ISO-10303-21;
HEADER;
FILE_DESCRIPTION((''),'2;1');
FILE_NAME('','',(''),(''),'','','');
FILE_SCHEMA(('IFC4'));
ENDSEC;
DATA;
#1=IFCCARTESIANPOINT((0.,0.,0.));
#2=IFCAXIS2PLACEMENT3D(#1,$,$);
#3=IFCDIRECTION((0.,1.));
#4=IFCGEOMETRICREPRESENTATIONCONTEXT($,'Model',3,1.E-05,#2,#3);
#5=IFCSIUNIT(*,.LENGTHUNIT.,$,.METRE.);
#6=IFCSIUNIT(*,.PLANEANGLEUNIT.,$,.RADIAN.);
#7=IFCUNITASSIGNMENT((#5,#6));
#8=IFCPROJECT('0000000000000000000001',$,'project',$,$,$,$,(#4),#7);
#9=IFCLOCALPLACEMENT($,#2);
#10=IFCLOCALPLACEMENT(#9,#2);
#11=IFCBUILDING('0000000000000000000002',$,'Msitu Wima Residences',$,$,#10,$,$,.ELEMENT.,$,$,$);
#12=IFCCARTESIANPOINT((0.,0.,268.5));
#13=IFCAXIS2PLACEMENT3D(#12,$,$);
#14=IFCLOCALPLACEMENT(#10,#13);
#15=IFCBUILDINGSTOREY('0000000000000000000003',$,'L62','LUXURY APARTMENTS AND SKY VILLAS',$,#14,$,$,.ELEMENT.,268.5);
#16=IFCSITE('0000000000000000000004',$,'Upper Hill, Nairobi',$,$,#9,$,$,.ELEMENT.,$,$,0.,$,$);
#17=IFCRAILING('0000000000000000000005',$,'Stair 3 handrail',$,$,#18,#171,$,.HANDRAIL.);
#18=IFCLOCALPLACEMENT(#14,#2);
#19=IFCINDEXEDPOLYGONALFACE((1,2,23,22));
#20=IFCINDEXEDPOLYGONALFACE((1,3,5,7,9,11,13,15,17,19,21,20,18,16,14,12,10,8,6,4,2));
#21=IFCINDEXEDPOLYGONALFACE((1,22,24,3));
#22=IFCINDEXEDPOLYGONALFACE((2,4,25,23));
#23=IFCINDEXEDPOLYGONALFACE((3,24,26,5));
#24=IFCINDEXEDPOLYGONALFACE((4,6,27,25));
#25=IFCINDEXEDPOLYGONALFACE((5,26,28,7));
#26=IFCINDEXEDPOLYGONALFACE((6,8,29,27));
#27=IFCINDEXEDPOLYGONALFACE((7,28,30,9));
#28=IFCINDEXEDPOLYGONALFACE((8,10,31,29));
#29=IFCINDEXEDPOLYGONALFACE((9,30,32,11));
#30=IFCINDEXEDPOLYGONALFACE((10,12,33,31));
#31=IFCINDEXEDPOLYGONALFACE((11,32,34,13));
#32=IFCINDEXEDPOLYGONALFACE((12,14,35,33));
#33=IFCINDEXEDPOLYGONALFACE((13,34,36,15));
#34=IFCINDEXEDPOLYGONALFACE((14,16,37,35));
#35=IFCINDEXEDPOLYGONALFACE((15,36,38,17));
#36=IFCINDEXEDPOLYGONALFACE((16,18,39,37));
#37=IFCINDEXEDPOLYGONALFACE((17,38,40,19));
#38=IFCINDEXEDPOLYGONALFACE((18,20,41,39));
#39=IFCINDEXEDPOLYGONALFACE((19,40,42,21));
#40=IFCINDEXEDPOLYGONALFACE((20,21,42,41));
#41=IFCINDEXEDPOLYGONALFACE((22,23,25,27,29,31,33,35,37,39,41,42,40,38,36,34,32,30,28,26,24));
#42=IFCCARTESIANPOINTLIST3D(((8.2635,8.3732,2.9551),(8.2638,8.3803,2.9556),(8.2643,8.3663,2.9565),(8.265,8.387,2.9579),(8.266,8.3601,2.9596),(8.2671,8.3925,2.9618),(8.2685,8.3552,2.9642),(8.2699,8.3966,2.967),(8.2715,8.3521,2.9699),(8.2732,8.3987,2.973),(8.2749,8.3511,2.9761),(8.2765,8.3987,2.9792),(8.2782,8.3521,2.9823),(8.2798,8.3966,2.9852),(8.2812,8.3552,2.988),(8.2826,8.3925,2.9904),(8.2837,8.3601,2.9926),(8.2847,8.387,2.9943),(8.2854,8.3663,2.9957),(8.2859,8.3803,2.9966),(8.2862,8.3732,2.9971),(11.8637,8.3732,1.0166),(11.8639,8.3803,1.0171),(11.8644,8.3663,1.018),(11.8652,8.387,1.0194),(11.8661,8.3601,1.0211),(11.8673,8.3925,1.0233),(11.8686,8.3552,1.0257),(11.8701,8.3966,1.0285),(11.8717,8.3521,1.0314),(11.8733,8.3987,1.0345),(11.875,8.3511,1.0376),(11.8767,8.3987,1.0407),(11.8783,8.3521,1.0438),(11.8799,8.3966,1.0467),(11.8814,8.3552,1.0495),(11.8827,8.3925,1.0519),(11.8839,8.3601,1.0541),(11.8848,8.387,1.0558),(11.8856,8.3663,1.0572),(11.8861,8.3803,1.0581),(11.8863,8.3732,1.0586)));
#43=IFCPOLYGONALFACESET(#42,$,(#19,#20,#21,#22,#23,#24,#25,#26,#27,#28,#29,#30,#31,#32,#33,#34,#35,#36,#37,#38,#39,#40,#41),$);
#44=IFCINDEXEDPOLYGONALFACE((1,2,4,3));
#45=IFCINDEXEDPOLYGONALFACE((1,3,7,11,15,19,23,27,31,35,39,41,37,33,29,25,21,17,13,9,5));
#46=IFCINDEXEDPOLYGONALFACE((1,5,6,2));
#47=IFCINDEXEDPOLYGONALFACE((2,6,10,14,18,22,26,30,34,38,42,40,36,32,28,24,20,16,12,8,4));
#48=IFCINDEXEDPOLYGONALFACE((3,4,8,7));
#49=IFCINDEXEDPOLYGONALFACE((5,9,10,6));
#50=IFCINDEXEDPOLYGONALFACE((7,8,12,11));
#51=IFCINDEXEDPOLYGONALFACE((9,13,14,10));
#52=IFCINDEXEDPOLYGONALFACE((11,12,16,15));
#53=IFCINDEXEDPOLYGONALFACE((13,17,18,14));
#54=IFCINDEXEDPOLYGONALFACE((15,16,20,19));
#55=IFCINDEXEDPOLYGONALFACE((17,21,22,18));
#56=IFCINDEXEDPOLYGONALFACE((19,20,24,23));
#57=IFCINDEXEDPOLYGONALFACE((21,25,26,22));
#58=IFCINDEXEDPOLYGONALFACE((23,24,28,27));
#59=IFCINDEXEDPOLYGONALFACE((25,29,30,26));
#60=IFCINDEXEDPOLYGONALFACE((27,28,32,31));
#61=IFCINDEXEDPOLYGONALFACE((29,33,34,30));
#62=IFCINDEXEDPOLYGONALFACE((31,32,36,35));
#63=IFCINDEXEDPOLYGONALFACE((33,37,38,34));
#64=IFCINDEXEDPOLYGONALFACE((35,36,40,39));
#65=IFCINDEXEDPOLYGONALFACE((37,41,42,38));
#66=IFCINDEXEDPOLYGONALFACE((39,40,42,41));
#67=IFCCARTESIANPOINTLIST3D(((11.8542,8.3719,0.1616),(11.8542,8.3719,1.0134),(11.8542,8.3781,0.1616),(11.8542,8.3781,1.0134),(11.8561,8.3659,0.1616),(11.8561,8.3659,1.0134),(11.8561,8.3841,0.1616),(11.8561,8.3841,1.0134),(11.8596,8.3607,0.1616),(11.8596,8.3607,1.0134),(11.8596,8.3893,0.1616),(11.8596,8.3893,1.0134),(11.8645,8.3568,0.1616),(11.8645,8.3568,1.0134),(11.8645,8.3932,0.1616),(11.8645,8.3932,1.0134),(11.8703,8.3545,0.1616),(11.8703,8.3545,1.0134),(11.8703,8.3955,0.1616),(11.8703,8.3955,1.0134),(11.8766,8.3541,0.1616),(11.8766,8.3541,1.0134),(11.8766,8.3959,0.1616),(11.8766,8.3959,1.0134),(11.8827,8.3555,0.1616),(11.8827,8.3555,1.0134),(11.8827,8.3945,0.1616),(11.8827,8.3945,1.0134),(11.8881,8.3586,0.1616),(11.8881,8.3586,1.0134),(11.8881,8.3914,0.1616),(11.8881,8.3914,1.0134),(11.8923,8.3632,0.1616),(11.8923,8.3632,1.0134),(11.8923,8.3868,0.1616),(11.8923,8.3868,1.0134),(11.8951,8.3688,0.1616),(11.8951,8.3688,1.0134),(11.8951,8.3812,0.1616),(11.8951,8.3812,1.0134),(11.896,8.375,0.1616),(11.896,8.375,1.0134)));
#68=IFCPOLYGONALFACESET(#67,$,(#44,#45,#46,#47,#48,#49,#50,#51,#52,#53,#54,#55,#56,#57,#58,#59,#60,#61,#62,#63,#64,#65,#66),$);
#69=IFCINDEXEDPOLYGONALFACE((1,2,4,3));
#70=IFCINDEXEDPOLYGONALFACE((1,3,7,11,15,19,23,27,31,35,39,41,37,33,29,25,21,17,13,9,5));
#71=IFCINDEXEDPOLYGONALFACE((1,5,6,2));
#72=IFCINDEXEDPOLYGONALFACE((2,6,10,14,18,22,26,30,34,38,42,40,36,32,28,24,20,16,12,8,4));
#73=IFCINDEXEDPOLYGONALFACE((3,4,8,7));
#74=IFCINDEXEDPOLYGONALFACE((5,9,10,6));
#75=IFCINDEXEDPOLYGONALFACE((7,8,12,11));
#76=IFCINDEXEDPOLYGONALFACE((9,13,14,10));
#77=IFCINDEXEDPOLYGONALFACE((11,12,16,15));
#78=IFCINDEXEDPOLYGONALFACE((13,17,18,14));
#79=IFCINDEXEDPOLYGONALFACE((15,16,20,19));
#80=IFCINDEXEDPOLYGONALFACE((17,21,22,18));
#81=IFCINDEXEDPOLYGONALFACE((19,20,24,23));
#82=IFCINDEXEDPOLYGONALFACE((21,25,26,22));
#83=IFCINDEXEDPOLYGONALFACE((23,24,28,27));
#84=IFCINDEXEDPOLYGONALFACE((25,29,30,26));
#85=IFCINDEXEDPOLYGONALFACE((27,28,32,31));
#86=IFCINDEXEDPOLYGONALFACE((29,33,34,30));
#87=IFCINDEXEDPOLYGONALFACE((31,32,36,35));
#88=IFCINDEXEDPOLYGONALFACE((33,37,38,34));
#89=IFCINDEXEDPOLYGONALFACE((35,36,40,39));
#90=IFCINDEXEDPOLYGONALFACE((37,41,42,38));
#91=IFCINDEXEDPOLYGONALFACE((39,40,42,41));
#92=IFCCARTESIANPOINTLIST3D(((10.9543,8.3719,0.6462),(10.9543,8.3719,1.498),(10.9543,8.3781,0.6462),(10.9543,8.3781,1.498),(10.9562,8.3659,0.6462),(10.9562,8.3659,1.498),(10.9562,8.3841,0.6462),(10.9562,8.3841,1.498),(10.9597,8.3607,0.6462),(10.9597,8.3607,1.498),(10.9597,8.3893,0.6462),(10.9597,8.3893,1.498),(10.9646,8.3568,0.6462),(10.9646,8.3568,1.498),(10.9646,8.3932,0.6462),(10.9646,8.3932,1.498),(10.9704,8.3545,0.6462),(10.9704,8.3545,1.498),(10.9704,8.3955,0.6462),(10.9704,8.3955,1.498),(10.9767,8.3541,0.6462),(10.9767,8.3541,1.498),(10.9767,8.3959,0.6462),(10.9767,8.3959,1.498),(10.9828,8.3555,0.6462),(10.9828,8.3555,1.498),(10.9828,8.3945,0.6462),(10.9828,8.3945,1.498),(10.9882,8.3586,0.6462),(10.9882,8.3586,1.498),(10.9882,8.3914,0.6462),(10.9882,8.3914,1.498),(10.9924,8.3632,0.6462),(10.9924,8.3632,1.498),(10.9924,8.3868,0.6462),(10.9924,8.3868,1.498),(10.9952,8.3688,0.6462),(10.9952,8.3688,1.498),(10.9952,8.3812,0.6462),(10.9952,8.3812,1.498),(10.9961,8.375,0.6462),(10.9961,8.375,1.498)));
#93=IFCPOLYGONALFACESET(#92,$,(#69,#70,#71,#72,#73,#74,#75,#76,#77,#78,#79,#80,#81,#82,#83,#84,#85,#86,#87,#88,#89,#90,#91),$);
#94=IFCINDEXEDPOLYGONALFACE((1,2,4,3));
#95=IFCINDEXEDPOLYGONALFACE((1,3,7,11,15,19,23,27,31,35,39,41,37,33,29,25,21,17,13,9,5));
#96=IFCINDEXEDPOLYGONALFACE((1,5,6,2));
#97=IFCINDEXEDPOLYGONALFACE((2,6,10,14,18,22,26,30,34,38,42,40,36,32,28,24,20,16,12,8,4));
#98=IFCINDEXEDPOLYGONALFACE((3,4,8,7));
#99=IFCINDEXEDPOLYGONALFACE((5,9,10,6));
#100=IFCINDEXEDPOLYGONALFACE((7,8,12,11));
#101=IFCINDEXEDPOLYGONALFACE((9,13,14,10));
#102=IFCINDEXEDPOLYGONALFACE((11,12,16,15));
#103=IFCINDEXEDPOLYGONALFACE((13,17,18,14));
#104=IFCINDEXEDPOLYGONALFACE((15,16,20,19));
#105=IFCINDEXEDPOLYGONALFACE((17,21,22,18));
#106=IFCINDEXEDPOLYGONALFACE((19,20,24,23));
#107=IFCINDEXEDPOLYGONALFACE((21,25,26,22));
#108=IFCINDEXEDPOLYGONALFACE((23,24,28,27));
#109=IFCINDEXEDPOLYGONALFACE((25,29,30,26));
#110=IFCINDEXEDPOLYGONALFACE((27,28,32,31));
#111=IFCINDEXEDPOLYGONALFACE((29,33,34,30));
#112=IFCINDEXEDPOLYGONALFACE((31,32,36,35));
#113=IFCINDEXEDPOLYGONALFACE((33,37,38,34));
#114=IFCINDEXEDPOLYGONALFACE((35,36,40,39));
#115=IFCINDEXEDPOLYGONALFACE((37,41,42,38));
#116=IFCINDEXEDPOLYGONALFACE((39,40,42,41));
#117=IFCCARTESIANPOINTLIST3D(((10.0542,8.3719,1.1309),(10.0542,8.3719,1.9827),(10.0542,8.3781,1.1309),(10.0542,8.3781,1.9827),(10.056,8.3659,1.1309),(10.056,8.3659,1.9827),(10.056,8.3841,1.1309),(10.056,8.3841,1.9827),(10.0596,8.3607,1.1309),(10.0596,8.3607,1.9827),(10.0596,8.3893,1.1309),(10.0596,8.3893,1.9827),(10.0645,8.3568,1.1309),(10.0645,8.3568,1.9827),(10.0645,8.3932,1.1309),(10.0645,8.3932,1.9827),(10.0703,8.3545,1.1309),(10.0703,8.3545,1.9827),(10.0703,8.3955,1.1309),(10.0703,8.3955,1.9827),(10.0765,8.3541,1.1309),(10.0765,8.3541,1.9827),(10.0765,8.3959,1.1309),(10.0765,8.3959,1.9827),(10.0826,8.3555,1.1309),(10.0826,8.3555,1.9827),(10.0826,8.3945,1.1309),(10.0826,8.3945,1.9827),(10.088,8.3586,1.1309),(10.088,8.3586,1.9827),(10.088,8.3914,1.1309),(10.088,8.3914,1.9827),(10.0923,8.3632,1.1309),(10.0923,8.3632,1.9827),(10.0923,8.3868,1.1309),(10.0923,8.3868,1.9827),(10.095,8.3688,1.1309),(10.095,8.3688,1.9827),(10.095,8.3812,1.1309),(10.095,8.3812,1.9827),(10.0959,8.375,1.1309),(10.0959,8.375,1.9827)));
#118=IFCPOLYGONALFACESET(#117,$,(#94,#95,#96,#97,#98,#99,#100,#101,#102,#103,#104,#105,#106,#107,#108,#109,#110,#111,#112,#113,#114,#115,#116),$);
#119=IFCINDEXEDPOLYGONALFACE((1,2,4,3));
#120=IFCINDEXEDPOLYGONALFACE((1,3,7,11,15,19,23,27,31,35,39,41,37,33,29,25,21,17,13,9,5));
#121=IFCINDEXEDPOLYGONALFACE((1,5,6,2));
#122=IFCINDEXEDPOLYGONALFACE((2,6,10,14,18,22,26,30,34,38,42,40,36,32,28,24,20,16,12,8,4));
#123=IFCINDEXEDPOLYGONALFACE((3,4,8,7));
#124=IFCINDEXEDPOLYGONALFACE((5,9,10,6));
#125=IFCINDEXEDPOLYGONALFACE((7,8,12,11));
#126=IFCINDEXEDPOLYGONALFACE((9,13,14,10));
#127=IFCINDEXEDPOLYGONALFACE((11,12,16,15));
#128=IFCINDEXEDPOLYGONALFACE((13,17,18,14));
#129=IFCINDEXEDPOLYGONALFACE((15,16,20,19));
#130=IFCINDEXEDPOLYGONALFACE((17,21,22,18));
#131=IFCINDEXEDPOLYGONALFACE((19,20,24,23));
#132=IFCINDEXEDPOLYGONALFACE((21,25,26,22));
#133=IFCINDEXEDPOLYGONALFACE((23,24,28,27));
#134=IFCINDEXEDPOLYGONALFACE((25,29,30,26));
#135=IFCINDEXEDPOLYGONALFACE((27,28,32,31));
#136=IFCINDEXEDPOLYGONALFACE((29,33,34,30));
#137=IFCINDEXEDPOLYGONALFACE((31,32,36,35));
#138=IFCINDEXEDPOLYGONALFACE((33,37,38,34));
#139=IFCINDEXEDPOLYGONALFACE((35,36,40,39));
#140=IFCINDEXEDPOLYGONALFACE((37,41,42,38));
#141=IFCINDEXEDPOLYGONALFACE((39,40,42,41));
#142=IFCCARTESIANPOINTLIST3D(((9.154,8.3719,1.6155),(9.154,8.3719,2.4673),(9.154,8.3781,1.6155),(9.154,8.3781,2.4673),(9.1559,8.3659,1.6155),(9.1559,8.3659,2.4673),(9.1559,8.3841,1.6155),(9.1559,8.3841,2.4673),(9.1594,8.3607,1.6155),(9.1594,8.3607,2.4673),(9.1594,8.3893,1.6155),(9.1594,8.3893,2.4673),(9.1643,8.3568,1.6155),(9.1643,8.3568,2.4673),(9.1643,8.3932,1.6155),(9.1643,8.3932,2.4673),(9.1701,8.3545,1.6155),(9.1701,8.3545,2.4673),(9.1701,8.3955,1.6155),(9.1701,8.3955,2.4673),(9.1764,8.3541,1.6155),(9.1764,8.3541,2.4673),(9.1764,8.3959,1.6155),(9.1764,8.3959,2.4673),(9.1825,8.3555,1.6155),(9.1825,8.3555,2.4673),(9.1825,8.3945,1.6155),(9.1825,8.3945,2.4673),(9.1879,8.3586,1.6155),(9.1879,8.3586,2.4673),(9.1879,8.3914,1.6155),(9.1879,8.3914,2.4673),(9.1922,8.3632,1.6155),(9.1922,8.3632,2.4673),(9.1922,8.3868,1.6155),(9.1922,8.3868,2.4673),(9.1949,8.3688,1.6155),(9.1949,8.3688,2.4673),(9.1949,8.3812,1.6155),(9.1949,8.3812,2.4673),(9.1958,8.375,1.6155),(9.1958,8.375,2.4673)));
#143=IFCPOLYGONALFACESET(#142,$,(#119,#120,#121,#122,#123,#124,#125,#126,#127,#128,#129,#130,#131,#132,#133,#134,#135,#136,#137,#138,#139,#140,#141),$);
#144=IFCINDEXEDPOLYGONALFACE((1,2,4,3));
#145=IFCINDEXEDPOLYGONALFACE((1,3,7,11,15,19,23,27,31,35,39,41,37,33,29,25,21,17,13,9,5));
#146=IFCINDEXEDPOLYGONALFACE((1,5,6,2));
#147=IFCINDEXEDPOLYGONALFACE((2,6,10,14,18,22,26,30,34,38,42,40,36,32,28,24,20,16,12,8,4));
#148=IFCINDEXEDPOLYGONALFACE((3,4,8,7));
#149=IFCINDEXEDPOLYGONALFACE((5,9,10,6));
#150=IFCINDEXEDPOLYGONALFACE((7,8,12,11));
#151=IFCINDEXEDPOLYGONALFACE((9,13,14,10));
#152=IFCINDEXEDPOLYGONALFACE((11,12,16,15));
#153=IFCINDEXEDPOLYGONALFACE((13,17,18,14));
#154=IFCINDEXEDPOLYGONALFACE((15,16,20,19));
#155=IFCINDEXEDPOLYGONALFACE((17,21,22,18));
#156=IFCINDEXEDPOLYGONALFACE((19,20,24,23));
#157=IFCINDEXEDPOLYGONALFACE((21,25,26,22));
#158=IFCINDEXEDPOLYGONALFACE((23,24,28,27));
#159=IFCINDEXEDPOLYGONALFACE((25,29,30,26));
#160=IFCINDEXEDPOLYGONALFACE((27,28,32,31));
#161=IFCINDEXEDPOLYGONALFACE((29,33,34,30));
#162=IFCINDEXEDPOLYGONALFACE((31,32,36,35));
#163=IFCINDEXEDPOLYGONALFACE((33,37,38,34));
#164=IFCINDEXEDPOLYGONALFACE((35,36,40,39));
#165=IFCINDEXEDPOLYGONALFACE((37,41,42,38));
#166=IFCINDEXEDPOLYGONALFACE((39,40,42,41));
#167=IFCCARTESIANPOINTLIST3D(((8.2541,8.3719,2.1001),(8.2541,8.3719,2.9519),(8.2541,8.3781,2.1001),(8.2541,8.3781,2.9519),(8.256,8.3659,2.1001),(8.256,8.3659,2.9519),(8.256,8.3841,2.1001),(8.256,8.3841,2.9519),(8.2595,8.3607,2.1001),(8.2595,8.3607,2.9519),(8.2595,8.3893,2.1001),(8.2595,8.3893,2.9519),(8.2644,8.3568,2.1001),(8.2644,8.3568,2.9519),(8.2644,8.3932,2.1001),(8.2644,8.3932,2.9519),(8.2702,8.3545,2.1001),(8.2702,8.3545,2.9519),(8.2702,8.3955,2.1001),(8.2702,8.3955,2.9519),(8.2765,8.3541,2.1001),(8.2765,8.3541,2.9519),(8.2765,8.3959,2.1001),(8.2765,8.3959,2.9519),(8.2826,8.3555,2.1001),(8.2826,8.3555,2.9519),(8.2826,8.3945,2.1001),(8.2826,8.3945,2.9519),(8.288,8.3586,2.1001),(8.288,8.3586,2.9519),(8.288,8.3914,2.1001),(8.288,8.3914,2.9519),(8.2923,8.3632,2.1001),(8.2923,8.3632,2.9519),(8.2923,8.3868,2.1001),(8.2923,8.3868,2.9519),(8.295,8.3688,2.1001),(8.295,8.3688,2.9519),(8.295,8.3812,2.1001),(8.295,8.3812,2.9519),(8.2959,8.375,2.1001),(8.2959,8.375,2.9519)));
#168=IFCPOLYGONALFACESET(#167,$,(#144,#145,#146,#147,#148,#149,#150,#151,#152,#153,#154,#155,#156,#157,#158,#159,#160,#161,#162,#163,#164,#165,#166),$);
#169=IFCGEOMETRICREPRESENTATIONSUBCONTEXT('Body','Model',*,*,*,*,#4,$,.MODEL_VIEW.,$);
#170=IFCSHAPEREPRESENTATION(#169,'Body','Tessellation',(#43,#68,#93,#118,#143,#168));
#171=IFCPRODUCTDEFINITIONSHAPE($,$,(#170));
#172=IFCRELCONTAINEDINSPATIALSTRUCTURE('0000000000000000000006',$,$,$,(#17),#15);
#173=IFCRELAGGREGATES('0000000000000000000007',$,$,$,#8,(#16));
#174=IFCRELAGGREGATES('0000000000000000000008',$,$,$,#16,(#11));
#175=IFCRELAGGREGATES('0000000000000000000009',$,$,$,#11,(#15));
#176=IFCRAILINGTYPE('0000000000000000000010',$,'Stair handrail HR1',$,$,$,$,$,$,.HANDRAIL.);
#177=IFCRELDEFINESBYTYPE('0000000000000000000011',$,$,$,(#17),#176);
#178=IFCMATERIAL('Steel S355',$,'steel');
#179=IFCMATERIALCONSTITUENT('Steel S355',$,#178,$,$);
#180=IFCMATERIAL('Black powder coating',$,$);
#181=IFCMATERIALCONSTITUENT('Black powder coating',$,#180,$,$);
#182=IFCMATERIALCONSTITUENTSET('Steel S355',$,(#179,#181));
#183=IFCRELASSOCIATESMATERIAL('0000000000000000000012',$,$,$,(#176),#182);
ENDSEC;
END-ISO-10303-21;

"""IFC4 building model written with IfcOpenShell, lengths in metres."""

from ifc_helpers import new_model, si_unit, direction, frame, origin, origin_2d, place, context, subcontext, project, spatial, circle, extrude, material, constituent, constituent_set, type_object, element, save


model = new_model("IFC4")

# Units and contexts
model_context = context("Model", 3, precision=1e-05, world=origin(), true_north=direction((0.0, 1.0)))
body_context = subcontext(model_context, "Body", "Model", "MODEL_VIEW")
ifc_project = project(units=[si_unit("LENGTHUNIT", "METRE"), si_unit("PLANEANGLEUNIT", "RADIAN")], contexts=[model_context])

# Site, building, storey
site_placement = place(None, origin())
site = spatial("IfcSite", under=ifc_project, at=site_placement, Name="Upper Hill, Nairobi", CompositionType="ELEMENT", RefElevation=0.0)
building_placement = place(site_placement, origin())
building = spatial("IfcBuilding", under=site, at=building_placement, Name="Msitu Wima Residences", CompositionType="ELEMENT")
storey_placement = place(building_placement, frame((0.0, 0.0, 268.5)))
storey = spatial("IfcBuildingStorey", under=building, at=storey_placement, Name="L62", Description="LUXURY APARTMENTS AND SKY VILLAS", CompositionType="ELEMENT", Elevation=268.5)

# Railing
ifc_material_1 = material(Name="Steel S355", Category="steel")
ifc_constituent_1 = constituent(ifc_material_1, Name="Steel S355")
ifc_material_2 = material(Name="Black powder coating")
ifc_constituent_2 = constituent(ifc_material_2, Name="Black powder coating")
ifc_constituent_set = constituent_set(constituents=[ifc_constituent_1, ifc_constituent_2], Name="Steel S355")
railing_type = type_object("IfcRailingType", Name="Stair handrail HR1", PredefinedType="HANDRAIL", material=ifc_constituent_set)
for number, where, name in (
    (1, (11.875, 8.375, 0.1616), "Stair 3 handrail"),
):
    element("IfcRailing", number, at=place(storey_placement, frame(where)), inside=storey, type_object=railing_type, Name=name, PredefinedType="HANDRAIL", context=body_context, shape_type="SweptSolid", body=[
        extrude(circle(Radius=0.0239, at=origin_2d()), frame((0.0, 0.0, 0.876), z_axis=(-0.880475, 0.0, 0.474093), x_axis=(0.0, -1.0, 0.0)), (0.0, 0.0, 1.0), 4.0889),
        extrude(circle(Radius=0.021, at=origin_2d()), origin(), (0.0, 0.0, 1.0), 0.8518),
        extrude(circle(Radius=0.021, at=origin_2d()), frame((-0.8999, 0.0, 0.4846)), (0.0, 0.0, 1.0), 0.8518),
        extrude(circle(Radius=0.021, at=origin_2d()), frame((-1.8, 0.0, 0.9692)), (0.0, 0.0, 1.0), 0.8518),
        extrude(circle(Radius=0.021, at=origin_2d()), frame((-2.7002, 0.0, 1.4539)), (0.0, 0.0, 1.0), 0.8518),
        extrude(circle(Radius=0.021, at=origin_2d()), frame((-3.6001, 0.0, 1.9385)), (0.0, 0.0, 1.0), 0.8518),
    ])

save(model, "model.ifc")
